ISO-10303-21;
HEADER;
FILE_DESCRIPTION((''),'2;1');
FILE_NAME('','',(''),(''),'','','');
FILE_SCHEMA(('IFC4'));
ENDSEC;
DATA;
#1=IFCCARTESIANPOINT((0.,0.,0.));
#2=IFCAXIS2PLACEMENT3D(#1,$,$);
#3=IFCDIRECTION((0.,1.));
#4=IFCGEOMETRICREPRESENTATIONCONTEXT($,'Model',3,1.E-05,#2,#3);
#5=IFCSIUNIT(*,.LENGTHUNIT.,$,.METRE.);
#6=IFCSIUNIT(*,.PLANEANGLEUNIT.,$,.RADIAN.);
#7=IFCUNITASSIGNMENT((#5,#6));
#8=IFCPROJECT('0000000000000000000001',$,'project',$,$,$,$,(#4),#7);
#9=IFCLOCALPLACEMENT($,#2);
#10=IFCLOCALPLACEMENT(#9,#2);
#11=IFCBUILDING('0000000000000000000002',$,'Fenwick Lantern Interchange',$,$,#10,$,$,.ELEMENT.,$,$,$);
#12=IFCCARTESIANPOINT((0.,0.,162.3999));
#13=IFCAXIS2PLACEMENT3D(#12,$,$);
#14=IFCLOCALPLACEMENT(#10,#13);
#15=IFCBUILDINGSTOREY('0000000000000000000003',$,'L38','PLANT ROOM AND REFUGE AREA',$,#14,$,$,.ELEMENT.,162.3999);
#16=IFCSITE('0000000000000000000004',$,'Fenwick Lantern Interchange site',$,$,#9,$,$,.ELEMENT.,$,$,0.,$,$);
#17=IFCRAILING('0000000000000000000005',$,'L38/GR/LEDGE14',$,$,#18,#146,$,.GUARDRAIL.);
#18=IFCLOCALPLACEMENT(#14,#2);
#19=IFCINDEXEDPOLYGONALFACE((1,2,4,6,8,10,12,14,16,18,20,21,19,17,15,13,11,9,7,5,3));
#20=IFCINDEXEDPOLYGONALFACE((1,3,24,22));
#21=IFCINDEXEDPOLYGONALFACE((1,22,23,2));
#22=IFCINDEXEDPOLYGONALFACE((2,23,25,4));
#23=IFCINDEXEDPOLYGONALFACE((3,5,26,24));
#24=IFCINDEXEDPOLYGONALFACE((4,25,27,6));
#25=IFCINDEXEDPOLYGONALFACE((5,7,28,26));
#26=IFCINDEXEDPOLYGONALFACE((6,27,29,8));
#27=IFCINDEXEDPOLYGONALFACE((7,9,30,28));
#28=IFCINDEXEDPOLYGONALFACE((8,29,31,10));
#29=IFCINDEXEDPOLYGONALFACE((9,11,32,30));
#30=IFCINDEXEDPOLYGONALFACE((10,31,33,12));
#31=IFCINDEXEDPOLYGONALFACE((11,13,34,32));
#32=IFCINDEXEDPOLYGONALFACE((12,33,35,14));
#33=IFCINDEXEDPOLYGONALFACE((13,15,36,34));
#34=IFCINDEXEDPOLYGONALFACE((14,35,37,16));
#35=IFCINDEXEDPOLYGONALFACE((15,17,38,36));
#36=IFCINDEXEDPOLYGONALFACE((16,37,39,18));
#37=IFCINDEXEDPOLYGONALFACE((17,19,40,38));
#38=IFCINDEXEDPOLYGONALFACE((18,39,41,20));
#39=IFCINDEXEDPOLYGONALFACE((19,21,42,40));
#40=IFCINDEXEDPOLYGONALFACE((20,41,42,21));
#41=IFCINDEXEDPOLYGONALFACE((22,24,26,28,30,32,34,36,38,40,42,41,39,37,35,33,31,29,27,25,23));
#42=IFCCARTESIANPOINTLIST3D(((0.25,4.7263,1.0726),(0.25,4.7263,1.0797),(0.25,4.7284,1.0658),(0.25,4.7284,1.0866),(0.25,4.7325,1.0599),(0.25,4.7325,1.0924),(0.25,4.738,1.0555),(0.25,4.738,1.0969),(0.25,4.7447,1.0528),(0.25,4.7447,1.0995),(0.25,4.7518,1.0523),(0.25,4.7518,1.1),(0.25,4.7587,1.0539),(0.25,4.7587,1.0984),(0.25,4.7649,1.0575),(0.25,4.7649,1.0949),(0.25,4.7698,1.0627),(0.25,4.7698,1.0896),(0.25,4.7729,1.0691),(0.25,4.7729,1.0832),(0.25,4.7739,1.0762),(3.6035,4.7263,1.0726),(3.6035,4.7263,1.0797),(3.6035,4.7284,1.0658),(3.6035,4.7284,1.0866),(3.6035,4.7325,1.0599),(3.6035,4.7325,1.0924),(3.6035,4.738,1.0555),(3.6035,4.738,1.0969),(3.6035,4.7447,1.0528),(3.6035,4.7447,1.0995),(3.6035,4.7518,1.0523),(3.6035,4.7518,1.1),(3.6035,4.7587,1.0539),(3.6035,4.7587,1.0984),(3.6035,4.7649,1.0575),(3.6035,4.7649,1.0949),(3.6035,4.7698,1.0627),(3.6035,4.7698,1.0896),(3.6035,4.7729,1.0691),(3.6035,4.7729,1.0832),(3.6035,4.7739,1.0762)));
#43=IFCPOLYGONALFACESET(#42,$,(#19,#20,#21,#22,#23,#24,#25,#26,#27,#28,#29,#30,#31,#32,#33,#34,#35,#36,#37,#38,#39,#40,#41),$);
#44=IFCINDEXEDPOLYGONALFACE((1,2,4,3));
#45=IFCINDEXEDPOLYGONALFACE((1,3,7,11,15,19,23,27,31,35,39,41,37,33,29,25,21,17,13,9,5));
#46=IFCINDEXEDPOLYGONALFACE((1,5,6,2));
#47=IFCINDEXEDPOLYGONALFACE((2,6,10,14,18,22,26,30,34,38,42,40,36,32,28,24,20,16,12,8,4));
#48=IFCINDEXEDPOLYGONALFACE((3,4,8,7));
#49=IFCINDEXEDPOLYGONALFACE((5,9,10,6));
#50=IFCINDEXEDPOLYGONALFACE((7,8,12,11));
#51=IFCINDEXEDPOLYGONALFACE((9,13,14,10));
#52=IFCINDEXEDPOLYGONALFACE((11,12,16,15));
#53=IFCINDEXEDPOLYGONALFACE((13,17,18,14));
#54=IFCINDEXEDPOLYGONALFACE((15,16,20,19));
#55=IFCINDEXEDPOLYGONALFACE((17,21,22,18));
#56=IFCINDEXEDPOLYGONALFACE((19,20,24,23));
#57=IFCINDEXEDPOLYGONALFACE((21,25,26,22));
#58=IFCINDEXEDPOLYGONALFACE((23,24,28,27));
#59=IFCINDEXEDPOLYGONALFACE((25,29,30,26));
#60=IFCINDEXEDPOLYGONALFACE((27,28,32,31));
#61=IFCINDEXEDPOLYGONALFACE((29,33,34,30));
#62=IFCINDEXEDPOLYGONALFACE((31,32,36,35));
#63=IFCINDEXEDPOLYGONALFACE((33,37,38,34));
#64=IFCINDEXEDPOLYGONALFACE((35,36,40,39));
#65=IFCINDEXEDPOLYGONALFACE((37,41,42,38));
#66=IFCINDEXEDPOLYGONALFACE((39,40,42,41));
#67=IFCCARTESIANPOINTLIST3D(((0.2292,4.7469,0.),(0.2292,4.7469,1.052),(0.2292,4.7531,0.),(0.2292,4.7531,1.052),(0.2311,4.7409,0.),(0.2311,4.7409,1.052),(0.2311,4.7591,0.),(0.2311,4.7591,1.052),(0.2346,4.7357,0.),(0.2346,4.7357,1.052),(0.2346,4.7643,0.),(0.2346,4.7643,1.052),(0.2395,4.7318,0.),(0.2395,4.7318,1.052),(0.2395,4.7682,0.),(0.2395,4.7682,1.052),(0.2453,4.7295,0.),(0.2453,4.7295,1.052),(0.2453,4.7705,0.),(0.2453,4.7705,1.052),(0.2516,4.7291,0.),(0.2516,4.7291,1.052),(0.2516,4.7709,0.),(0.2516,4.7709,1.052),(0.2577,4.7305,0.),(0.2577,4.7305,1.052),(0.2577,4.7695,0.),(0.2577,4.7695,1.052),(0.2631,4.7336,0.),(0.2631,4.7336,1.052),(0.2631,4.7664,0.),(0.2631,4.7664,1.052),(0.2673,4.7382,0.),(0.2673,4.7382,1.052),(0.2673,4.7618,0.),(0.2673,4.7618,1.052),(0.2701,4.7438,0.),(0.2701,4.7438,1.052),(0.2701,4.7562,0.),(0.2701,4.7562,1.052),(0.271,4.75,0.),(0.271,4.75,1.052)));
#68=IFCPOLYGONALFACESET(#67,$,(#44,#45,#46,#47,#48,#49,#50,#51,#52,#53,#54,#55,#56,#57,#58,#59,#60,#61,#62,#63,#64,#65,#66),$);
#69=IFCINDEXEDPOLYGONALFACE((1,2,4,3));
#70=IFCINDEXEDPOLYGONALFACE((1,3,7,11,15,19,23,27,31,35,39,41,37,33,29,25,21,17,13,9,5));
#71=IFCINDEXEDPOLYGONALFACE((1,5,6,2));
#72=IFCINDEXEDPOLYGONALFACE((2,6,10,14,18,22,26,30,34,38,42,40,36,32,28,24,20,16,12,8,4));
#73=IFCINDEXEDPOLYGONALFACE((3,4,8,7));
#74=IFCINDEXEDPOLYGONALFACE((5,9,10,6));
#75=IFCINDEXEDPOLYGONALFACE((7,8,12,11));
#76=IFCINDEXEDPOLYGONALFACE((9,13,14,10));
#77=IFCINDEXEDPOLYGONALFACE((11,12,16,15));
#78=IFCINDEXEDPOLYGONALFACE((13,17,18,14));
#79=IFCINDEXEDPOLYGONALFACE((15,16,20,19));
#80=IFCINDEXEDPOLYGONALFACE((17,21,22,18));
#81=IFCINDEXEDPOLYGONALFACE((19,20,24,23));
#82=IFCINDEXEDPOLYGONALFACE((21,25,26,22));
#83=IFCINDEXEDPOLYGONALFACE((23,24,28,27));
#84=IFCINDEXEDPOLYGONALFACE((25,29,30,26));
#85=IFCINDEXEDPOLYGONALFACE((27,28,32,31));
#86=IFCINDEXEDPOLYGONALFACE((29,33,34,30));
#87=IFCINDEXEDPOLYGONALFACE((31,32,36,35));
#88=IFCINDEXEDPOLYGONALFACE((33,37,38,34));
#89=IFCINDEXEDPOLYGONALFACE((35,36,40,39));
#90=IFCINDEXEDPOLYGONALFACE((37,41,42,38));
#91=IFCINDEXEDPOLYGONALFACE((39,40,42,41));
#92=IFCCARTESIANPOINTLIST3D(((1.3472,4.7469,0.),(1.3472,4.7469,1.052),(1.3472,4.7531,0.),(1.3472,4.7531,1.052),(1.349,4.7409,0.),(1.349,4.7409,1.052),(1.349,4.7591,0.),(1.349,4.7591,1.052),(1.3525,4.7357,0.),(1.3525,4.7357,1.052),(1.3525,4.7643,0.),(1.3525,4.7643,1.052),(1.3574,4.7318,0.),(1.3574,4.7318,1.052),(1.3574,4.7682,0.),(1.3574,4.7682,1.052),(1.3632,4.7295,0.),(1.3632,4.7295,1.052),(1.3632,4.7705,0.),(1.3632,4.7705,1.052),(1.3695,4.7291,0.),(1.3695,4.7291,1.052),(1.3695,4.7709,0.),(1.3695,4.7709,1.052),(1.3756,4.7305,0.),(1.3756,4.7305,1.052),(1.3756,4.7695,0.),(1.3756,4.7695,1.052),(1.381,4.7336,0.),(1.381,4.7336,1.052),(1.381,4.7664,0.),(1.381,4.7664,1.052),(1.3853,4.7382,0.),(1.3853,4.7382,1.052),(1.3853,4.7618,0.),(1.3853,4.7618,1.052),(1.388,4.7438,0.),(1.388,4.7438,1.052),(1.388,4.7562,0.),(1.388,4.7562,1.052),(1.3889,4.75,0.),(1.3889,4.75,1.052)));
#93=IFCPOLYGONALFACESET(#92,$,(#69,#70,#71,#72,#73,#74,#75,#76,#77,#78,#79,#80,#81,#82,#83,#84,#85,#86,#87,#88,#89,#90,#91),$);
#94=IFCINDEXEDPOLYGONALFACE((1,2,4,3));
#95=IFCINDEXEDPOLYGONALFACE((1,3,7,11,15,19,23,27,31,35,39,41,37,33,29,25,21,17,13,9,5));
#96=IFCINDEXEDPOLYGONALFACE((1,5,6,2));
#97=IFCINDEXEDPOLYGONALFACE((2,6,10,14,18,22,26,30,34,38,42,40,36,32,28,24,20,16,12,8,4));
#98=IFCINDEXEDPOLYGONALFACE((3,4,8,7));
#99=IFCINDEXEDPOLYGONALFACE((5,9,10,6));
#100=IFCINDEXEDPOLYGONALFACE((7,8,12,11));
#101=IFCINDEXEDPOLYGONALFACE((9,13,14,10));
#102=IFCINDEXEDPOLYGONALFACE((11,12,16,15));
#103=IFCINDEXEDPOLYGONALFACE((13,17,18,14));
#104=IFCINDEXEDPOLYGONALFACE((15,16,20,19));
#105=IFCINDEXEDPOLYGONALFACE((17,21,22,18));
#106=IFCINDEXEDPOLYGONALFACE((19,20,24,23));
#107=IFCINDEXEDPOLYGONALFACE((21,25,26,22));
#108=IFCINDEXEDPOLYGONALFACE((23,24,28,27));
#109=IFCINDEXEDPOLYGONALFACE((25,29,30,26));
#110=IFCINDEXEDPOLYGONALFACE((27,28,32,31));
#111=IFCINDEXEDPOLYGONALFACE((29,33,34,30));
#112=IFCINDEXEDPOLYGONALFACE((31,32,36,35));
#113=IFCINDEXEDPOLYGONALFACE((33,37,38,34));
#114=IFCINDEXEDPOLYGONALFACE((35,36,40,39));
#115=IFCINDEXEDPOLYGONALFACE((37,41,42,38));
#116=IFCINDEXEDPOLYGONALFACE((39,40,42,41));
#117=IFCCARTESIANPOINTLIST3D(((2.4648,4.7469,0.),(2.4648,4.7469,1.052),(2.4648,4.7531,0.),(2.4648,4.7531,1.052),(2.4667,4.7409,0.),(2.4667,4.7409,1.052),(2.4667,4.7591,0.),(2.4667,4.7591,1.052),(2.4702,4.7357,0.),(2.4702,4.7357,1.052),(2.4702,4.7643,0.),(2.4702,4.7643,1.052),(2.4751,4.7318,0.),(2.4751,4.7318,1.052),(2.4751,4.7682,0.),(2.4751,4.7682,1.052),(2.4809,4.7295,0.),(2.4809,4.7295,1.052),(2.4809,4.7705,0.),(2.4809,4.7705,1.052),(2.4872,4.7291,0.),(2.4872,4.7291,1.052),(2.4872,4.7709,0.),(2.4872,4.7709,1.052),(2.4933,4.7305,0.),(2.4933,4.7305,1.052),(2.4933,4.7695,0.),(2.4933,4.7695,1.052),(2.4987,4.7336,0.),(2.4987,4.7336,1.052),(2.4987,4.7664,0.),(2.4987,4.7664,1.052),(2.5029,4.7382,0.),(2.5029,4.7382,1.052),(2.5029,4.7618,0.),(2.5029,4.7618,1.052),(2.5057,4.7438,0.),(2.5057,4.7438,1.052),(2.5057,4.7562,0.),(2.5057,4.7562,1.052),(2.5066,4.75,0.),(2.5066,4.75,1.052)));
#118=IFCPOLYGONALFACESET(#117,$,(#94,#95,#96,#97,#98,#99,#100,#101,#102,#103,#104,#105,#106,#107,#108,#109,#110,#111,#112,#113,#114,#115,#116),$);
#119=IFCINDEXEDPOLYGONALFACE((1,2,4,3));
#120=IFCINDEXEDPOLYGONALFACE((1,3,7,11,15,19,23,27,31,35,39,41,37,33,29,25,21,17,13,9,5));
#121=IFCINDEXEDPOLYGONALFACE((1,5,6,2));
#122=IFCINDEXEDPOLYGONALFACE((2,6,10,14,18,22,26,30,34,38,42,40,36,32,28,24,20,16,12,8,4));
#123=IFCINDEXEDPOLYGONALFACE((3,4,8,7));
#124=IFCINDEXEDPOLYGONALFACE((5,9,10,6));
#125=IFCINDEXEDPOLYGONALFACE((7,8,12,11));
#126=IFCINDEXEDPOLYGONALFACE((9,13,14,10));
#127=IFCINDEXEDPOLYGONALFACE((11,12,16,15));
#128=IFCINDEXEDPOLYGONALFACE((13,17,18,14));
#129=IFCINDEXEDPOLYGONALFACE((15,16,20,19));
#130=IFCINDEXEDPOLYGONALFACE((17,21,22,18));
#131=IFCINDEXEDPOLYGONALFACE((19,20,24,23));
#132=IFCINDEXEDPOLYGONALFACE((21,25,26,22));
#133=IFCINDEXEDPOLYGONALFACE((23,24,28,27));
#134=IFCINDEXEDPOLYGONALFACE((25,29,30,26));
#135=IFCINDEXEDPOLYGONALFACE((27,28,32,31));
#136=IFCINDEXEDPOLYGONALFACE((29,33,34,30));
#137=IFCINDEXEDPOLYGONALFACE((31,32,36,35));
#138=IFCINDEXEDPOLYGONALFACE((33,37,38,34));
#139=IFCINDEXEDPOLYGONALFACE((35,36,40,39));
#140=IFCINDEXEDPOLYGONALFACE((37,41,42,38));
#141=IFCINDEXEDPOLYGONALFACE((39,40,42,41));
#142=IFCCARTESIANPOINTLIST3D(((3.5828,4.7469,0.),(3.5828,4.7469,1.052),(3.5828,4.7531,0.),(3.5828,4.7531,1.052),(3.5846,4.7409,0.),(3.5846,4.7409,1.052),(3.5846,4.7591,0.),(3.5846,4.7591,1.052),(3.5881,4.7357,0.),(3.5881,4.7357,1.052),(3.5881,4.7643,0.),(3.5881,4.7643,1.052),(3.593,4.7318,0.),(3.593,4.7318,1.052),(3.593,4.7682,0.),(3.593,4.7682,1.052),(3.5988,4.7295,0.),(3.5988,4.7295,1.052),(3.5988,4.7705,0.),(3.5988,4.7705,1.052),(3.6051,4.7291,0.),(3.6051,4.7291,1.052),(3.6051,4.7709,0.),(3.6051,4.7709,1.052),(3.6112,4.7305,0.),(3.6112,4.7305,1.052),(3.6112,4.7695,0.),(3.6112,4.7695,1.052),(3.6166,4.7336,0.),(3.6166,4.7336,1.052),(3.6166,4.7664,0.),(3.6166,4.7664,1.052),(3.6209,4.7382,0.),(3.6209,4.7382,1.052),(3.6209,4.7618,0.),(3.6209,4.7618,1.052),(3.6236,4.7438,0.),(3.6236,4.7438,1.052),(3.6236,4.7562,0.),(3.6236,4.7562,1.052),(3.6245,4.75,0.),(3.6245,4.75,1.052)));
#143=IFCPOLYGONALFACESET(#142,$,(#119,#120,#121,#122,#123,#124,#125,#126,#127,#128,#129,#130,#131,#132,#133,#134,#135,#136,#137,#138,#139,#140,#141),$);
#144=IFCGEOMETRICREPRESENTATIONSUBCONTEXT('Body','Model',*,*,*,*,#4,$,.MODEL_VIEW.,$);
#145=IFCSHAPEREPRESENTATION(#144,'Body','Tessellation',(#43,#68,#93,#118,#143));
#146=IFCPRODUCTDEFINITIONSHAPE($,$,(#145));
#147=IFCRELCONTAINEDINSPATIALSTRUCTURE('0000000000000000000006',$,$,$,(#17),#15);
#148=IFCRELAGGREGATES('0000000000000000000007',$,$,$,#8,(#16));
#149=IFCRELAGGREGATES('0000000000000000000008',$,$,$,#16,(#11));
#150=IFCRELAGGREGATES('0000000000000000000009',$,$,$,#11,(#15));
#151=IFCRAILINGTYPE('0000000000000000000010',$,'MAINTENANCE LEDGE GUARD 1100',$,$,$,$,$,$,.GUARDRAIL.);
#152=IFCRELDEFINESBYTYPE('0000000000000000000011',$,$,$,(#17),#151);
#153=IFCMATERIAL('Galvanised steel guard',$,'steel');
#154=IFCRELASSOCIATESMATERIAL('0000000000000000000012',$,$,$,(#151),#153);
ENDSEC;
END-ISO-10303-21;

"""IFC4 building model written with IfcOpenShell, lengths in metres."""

from ifc_helpers import new_model, si_unit, direction, frame, origin, origin_2d, place, context, subcontext, project, spatial, circle, extrude, material, type_object, element, save


model = new_model("IFC4")

# Units and contexts
model_context = context("Model", 3, precision=1e-05, world=origin(), true_north=direction((0.0, 1.0)))
body_context = subcontext(model_context, "Body", "Model", "MODEL_VIEW")
ifc_project = project(units=[si_unit("LENGTHUNIT", "METRE"), si_unit("PLANEANGLEUNIT", "RADIAN")], contexts=[model_context])

# Site, building, storey
site_placement = place(None, origin())
site = spatial("IfcSite", under=ifc_project, at=site_placement, Name="Fenwick Lantern Interchange site", CompositionType="ELEMENT", RefElevation=0.0)
building_placement = place(site_placement, origin())
building = spatial("IfcBuilding", under=site, at=building_placement, Name="Fenwick Lantern Interchange", CompositionType="ELEMENT")
storey_placement = place(building_placement, frame((0.0, 0.0, 162.3999)))
storey = spatial("IfcBuildingStorey", under=building, at=storey_placement, Name="L38", Description="PLANT ROOM AND REFUGE AREA", CompositionType="ELEMENT", Elevation=162.3999)

# Railing
ifc_material_1 = material(Name="Galvanised steel guard", Category="steel")
railing_type = type_object("IfcRailingType", Name="MAINTENANCE LEDGE GUARD 1100", PredefinedType="GUARDRAIL", material=ifc_material_1)
railing_1_placement = place(storey_placement, frame((0.25, 4.75, 0.0)))
element("IfcRailing", 1, at=railing_1_placement, inside=storey, type_object=railing_type, Name="L38/GR/LEDGE14", PredefinedType="GUARDRAIL", context=body_context, shape_type="SweptSolid", body=[
    extrude(circle(Radius=0.0239, at=origin_2d()), frame((0.0, 0.0, 1.0762), z_axis=(1.0, 0.0, 0.0), x_axis=(0.0, 1.0, 0.0)), (0.0, 0.0, 1.0), 3.3535),
    extrude(circle(Radius=0.021, at=origin_2d()), origin(), (0.0, 0.0, 1.0), 1.052),
    extrude(circle(Radius=0.021, at=origin_2d()), frame((1.1179, 0.0, 0.0)), (0.0, 0.0, 1.0), 1.052),
    extrude(circle(Radius=0.021, at=origin_2d()), frame((2.2356, 0.0, 0.0)), (0.0, 0.0, 1.0), 1.052),
    extrude(circle(Radius=0.021, at=origin_2d()), frame((3.3535, 0.0, 0.0)), (0.0, 0.0, 1.0), 1.052),
])

save(model, "model.ifc")
